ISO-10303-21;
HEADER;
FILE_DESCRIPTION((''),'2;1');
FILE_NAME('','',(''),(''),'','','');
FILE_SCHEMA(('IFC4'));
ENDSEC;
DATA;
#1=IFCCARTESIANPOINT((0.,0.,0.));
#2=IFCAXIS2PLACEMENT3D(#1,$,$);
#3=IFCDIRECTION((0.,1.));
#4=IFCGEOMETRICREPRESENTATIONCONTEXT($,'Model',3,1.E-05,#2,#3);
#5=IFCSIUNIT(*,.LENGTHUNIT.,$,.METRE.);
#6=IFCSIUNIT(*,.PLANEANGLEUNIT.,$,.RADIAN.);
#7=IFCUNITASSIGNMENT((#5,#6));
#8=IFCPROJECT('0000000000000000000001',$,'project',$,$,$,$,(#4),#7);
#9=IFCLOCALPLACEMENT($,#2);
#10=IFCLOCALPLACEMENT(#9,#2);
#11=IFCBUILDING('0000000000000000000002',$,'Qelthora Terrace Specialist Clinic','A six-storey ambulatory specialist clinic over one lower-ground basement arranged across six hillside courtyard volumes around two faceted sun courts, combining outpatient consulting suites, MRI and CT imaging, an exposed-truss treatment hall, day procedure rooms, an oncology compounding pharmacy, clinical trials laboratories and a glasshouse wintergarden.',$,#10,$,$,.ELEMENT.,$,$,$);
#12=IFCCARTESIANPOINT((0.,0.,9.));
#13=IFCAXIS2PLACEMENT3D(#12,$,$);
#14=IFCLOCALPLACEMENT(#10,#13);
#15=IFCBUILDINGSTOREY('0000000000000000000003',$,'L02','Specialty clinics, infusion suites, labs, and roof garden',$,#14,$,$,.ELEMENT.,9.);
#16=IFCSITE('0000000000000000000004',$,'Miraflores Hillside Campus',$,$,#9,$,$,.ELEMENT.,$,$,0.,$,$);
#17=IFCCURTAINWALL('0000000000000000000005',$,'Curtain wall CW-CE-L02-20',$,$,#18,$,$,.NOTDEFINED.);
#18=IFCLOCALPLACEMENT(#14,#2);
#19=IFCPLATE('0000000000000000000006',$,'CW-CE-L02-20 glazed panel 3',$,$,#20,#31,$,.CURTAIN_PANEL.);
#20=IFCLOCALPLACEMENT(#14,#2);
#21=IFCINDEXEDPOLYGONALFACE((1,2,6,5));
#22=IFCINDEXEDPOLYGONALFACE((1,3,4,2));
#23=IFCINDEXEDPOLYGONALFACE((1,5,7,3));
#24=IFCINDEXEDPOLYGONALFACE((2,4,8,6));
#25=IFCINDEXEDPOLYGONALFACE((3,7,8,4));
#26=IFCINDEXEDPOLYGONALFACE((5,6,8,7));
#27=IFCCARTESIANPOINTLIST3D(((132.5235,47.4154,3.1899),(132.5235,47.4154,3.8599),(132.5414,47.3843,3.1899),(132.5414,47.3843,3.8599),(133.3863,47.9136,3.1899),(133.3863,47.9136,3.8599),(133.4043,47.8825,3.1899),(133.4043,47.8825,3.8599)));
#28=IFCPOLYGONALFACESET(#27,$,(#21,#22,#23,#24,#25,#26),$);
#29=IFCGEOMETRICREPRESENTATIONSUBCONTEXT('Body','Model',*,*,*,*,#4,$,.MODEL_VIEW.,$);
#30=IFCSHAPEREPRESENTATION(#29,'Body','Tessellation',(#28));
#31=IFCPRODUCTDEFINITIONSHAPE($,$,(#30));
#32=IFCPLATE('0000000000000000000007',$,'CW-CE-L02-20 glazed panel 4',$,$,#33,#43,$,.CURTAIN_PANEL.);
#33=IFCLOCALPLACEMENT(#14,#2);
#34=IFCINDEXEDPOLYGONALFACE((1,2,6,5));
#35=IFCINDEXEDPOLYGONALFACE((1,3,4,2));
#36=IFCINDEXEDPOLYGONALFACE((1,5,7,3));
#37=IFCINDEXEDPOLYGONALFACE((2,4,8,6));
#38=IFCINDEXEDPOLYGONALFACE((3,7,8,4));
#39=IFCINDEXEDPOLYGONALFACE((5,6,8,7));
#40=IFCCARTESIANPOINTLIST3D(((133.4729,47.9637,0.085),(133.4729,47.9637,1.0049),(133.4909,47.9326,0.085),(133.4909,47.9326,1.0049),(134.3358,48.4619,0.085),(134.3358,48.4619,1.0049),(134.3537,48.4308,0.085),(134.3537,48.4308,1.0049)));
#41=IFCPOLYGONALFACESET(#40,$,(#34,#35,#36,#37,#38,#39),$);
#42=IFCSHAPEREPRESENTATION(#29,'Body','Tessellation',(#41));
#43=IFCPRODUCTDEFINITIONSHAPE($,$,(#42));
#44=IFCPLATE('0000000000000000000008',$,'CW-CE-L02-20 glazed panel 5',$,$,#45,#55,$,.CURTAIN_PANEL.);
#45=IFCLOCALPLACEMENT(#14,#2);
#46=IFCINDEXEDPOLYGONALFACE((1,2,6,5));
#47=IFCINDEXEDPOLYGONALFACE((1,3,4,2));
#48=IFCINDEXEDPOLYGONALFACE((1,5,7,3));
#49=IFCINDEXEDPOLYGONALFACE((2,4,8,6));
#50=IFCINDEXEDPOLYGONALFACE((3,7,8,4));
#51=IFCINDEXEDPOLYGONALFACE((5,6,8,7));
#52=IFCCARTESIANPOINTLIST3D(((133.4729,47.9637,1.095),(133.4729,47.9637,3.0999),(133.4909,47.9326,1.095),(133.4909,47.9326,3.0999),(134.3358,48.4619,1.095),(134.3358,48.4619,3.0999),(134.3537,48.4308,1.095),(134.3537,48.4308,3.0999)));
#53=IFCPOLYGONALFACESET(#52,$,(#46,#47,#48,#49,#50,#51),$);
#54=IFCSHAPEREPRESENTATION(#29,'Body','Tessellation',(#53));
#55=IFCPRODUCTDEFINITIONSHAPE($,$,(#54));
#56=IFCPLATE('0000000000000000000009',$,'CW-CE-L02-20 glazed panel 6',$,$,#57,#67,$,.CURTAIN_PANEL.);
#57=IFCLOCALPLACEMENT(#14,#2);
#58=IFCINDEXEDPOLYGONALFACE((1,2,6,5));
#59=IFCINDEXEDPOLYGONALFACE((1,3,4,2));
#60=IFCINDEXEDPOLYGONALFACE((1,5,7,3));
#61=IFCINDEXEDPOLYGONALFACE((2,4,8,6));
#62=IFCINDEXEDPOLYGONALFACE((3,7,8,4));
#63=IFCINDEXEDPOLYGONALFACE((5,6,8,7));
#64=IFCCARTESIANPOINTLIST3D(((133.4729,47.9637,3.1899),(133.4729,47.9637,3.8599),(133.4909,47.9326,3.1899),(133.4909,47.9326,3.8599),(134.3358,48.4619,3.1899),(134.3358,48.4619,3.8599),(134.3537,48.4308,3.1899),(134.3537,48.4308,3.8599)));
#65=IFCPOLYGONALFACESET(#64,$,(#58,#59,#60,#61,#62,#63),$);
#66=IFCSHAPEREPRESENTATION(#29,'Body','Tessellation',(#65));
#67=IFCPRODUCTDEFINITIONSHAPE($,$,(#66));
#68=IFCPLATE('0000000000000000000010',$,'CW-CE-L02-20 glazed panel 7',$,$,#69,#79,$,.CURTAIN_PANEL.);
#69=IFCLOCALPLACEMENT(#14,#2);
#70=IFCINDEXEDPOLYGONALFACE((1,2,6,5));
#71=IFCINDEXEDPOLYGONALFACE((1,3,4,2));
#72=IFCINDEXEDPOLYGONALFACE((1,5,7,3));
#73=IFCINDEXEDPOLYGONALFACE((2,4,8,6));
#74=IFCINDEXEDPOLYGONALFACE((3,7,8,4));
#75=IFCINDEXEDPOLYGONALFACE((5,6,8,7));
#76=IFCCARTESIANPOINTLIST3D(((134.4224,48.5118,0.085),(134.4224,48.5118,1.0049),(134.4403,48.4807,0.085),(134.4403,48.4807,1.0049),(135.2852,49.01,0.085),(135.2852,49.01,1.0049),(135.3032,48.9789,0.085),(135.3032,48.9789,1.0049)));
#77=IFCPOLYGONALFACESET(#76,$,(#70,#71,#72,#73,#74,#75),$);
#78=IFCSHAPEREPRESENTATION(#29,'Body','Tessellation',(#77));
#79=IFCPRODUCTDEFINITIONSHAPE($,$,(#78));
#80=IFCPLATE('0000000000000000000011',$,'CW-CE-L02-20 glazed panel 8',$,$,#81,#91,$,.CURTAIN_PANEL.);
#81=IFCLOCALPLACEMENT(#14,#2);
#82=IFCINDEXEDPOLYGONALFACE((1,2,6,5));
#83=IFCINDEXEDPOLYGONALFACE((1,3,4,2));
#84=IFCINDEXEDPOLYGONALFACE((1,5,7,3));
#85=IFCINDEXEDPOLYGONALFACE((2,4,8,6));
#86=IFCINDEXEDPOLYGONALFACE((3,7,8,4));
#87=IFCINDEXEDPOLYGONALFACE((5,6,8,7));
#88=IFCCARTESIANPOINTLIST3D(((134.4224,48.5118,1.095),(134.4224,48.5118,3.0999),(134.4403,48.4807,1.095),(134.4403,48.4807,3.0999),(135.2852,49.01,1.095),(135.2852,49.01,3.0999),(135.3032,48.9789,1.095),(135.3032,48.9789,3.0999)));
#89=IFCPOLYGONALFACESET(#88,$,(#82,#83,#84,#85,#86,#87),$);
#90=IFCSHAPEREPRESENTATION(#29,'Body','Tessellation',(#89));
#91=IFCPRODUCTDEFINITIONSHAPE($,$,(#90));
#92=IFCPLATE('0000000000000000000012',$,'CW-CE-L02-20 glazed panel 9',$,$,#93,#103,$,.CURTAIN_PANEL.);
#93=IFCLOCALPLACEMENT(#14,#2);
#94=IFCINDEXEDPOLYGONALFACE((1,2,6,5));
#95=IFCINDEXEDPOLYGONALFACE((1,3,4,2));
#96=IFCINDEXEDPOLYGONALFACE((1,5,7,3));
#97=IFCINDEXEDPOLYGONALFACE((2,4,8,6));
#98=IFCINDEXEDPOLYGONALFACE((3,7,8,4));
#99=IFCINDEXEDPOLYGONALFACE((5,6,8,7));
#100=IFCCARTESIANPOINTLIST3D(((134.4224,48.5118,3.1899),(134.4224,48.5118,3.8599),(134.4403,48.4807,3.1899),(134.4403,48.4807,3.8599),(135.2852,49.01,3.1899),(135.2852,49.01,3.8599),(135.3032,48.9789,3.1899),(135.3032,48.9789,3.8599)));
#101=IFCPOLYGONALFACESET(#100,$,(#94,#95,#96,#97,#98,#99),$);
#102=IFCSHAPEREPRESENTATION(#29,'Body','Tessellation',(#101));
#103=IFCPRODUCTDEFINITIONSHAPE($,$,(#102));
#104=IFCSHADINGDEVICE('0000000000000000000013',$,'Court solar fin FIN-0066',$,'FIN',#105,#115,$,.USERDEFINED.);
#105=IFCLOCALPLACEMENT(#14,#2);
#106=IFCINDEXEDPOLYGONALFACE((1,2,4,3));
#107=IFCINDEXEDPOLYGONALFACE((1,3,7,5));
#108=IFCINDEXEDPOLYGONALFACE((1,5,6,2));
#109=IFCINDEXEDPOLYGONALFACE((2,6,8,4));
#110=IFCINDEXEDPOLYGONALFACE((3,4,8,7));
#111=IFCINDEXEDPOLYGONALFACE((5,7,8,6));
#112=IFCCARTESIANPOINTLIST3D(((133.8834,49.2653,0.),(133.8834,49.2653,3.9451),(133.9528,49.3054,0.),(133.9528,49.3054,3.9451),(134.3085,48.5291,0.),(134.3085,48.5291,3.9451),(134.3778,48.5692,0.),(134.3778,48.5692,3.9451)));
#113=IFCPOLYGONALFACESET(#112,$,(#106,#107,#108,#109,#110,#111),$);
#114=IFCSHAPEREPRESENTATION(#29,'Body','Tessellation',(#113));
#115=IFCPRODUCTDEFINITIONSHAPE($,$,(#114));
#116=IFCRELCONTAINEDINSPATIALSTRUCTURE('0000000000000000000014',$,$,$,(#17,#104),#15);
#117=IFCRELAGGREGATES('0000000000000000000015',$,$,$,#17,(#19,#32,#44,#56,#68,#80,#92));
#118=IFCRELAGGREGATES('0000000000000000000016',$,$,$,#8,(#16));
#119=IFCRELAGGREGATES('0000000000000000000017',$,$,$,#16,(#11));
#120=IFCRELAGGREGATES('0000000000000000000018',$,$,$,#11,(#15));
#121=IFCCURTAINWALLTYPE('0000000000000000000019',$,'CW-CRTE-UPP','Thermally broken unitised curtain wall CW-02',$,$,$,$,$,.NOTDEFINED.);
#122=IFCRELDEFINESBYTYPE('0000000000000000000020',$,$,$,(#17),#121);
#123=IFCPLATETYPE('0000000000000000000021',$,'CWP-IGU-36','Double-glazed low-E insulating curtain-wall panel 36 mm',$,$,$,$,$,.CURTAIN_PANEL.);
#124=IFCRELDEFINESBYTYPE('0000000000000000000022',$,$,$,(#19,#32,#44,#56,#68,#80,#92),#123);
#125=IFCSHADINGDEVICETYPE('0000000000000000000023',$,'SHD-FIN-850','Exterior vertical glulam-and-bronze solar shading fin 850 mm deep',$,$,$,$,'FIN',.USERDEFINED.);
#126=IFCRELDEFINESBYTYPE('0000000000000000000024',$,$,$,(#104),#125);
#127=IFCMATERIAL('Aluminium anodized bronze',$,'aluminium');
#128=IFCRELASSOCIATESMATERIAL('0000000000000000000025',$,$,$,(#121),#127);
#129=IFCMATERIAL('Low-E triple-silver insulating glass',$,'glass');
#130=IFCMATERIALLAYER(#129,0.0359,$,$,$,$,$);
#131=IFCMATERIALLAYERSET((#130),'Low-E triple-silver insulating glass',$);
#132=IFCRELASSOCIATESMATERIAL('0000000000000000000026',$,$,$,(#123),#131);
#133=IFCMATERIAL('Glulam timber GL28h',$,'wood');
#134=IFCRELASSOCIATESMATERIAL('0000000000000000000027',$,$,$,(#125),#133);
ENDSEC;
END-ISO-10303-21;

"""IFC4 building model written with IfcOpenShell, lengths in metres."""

from ifc_helpers import new_model, si_unit, direction, frame, origin, origin_2d, place, context, subcontext, project, spatial, rectangle, extrude, material, layer, layer_set, type_object, element, aggregate, save


model = new_model("IFC4")

# Units and contexts
model_context = context("Model", 3, precision=1e-05, world=origin(), true_north=direction((0.0, 1.0)))
body_context = subcontext(model_context, "Body", "Model", "MODEL_VIEW")
ifc_project = project(units=[si_unit("LENGTHUNIT", "METRE"), si_unit("PLANEANGLEUNIT", "RADIAN")], contexts=[model_context])

# Site, building, storey
site_placement = place(None, origin())
site = spatial("IfcSite", under=ifc_project, at=site_placement, Name="Miraflores Hillside Campus", CompositionType="ELEMENT", RefElevation=0.0)
building_placement = place(site_placement, origin())
building = spatial("IfcBuilding", under=site, at=building_placement, Name="Qelthora Terrace Specialist Clinic", Description="A six-storey ambulatory specialist clinic over one lower-ground basement arranged across six hillside courtyard volumes around two faceted sun courts, combining outpatient consulting suites, MRI and CT imaging, an exposed-truss treatment hall, day procedure rooms, an oncology compounding pharmacy, clinical trials laboratories and a glasshouse wintergarden.", CompositionType="ELEMENT")
storey_placement = place(building_placement, frame((0.0, 0.0, 9.0)))
storey = spatial("IfcBuildingStorey", under=building, at=storey_placement, Name="L02", Description="Specialty clinics, infusion suites, labs, and roof garden", CompositionType="ELEMENT", Elevation=9.0)

# Shared definitions
ifc_material_1 = material(Name="Aluminium anodized bronze", Category="aluminium")
curtain_wall_type = type_object("IfcCurtainWallType", Name="CW-CRTE-UPP", Description="Thermally broken unitised curtain wall CW-02", PredefinedType="NOTDEFINED", material=ifc_material_1)

# Curtain wall
curtain_wall_1_placement = place(storey_placement, origin())
curtain_wall_1 = element("IfcCurtainWall", 1, at=curtain_wall_1_placement, inside=storey, type_object=curtain_wall_type, Name="Curtain wall CW-CE-L02-20", PredefinedType="NOTDEFINED")

# Plates
ifc_material_2 = material(Name="Low-E triple-silver insulating glass", Category="glass")
ifc_layer = layer(ifc_material_2, 0.0359)
ifc_layer_set = layer_set([ifc_layer], Name="Low-E triple-silver insulating glass")
plate_type = type_object("IfcPlateType", Name="CWP-IGU-36", Description="Double-glazed low-E insulating curtain-wall panel 36 mm", PredefinedType="CURTAIN_PANEL", material=ifc_layer_set)
plate_1_placement = place(storey_placement, frame((132.9639, 47.6489, 3.1899), z_axis=(0.0, 0.0, 1.0), x_axis=(0.866025, 0.5, 0.0)))
plate_1 = element("IfcPlate", 2, at=plate_1_placement, type_object=plate_type, Name="CW-CE-L02-20 glazed panel 3", PredefinedType="CURTAIN_PANEL", context=body_context, shape_type="SweptSolid", body=[
    extrude(rectangle(XDim=0.9963, YDim=0.0359, at=origin_2d()), origin(), (0.0, 0.0, 1.0), 0.6699),
])
plate_2_placement = place(storey_placement, frame((133.9133, 48.1973, 0.085), z_axis=(0.0, 0.0, 1.0), x_axis=(0.866025, 0.5, 0.0)))
plate_2 = element("IfcPlate", 3, at=plate_2_placement, type_object=plate_type, Name="CW-CE-L02-20 glazed panel 4", PredefinedType="CURTAIN_PANEL", context=body_context, shape_type="SweptSolid", body=[
    extrude(rectangle(XDim=0.9963, YDim=0.0359, at=origin_2d()), origin(), (0.0, 0.0, 1.0), 0.9199),
])
plate_3_placement = place(storey_placement, frame((133.9133, 48.1973, 1.095), z_axis=(0.0, 0.0, 1.0), x_axis=(0.866025, 0.5, 0.0)))
plate_3 = element("IfcPlate", 4, at=plate_3_placement, type_object=plate_type, Name="CW-CE-L02-20 glazed panel 5", PredefinedType="CURTAIN_PANEL", context=body_context, shape_type="SweptSolid", body=[
    extrude(rectangle(XDim=0.9963, YDim=0.0359, at=origin_2d()), origin(), (0.0, 0.0, 1.0), 2.0049),
])
plate_4_placement = place(storey_placement, frame((133.9133, 48.1973, 3.1899), z_axis=(0.0, 0.0, 1.0), x_axis=(0.866025, 0.5, 0.0)))
plate_4 = element("IfcPlate", 5, at=plate_4_placement, type_object=plate_type, Name="CW-CE-L02-20 glazed panel 6", PredefinedType="CURTAIN_PANEL", context=body_context, shape_type="SweptSolid", body=[
    extrude(rectangle(XDim=0.9963, YDim=0.0359, at=origin_2d()), origin(), (0.0, 0.0, 1.0), 0.6699),
])
plate_5_placement = place(storey_placement, frame((134.8628, 48.7454, 0.085), z_axis=(0.0, 0.0, 1.0), x_axis=(0.866025, 0.5, 0.0)))
plate_5 = element("IfcPlate", 6, at=plate_5_placement, type_object=plate_type, Name="CW-CE-L02-20 glazed panel 7", PredefinedType="CURTAIN_PANEL", context=body_context, shape_type="SweptSolid", body=[
    extrude(rectangle(XDim=0.9963, YDim=0.0359, at=origin_2d()), origin(), (0.0, 0.0, 1.0), 0.9199),
])
plate_6_placement = place(storey_placement, frame((134.8628, 48.7454, 1.095), z_axis=(0.0, 0.0, 1.0), x_axis=(0.866025, 0.5, 0.0)))
plate_6 = element("IfcPlate", 7, at=plate_6_placement, type_object=plate_type, Name="CW-CE-L02-20 glazed panel 8", PredefinedType="CURTAIN_PANEL", context=body_context, shape_type="SweptSolid", body=[
    extrude(rectangle(XDim=0.9963, YDim=0.0359, at=origin_2d()), origin(), (0.0, 0.0, 1.0), 2.0049),
])
plate_7_placement = place(storey_placement, frame((134.8628, 48.7454, 3.1899), z_axis=(0.0, 0.0, 1.0), x_axis=(0.866025, 0.5, 0.0)))
plate_7 = element("IfcPlate", 8, at=plate_7_placement, type_object=plate_type, Name="CW-CE-L02-20 glazed panel 9", PredefinedType="CURTAIN_PANEL", context=body_context, shape_type="SweptSolid", body=[
    extrude(rectangle(XDim=0.9963, YDim=0.0359, at=origin_2d()), origin(), (0.0, 0.0, 1.0), 0.6699),
])
aggregate(curtain_wall_1, [plate_1, plate_2, plate_3, plate_4, plate_5, plate_6, plate_7])

# Shading device
ifc_material_3 = material(Name="Glulam timber GL28h", Category="wood")
shading_device_type = type_object("IfcShadingDeviceType", Name="SHD-FIN-850", Description="Exterior vertical glulam-and-bronze solar shading fin 850 mm deep", ElementType="FIN", PredefinedType="USERDEFINED", material=ifc_material_3)
shading_device_placement = place(storey_placement, frame((134.1306, 48.9172, 0.0), z_axis=(0.0, 0.0, 1.0), x_axis=(-0.5, 0.866025, 0.0)))
element("IfcShadingDevice", 9, at=shading_device_placement, inside=storey, type_object=shading_device_type, Name="Court solar fin FIN-0066", ObjectType="FIN", PredefinedType="USERDEFINED", context=body_context, shape_type="SweptSolid", body=[
    extrude(rectangle(XDim=0.8501, YDim=0.0801, at=origin_2d()), origin(), (0.0, 0.0, 1.0), 3.9451),
])

save(model, "model.ifc")
